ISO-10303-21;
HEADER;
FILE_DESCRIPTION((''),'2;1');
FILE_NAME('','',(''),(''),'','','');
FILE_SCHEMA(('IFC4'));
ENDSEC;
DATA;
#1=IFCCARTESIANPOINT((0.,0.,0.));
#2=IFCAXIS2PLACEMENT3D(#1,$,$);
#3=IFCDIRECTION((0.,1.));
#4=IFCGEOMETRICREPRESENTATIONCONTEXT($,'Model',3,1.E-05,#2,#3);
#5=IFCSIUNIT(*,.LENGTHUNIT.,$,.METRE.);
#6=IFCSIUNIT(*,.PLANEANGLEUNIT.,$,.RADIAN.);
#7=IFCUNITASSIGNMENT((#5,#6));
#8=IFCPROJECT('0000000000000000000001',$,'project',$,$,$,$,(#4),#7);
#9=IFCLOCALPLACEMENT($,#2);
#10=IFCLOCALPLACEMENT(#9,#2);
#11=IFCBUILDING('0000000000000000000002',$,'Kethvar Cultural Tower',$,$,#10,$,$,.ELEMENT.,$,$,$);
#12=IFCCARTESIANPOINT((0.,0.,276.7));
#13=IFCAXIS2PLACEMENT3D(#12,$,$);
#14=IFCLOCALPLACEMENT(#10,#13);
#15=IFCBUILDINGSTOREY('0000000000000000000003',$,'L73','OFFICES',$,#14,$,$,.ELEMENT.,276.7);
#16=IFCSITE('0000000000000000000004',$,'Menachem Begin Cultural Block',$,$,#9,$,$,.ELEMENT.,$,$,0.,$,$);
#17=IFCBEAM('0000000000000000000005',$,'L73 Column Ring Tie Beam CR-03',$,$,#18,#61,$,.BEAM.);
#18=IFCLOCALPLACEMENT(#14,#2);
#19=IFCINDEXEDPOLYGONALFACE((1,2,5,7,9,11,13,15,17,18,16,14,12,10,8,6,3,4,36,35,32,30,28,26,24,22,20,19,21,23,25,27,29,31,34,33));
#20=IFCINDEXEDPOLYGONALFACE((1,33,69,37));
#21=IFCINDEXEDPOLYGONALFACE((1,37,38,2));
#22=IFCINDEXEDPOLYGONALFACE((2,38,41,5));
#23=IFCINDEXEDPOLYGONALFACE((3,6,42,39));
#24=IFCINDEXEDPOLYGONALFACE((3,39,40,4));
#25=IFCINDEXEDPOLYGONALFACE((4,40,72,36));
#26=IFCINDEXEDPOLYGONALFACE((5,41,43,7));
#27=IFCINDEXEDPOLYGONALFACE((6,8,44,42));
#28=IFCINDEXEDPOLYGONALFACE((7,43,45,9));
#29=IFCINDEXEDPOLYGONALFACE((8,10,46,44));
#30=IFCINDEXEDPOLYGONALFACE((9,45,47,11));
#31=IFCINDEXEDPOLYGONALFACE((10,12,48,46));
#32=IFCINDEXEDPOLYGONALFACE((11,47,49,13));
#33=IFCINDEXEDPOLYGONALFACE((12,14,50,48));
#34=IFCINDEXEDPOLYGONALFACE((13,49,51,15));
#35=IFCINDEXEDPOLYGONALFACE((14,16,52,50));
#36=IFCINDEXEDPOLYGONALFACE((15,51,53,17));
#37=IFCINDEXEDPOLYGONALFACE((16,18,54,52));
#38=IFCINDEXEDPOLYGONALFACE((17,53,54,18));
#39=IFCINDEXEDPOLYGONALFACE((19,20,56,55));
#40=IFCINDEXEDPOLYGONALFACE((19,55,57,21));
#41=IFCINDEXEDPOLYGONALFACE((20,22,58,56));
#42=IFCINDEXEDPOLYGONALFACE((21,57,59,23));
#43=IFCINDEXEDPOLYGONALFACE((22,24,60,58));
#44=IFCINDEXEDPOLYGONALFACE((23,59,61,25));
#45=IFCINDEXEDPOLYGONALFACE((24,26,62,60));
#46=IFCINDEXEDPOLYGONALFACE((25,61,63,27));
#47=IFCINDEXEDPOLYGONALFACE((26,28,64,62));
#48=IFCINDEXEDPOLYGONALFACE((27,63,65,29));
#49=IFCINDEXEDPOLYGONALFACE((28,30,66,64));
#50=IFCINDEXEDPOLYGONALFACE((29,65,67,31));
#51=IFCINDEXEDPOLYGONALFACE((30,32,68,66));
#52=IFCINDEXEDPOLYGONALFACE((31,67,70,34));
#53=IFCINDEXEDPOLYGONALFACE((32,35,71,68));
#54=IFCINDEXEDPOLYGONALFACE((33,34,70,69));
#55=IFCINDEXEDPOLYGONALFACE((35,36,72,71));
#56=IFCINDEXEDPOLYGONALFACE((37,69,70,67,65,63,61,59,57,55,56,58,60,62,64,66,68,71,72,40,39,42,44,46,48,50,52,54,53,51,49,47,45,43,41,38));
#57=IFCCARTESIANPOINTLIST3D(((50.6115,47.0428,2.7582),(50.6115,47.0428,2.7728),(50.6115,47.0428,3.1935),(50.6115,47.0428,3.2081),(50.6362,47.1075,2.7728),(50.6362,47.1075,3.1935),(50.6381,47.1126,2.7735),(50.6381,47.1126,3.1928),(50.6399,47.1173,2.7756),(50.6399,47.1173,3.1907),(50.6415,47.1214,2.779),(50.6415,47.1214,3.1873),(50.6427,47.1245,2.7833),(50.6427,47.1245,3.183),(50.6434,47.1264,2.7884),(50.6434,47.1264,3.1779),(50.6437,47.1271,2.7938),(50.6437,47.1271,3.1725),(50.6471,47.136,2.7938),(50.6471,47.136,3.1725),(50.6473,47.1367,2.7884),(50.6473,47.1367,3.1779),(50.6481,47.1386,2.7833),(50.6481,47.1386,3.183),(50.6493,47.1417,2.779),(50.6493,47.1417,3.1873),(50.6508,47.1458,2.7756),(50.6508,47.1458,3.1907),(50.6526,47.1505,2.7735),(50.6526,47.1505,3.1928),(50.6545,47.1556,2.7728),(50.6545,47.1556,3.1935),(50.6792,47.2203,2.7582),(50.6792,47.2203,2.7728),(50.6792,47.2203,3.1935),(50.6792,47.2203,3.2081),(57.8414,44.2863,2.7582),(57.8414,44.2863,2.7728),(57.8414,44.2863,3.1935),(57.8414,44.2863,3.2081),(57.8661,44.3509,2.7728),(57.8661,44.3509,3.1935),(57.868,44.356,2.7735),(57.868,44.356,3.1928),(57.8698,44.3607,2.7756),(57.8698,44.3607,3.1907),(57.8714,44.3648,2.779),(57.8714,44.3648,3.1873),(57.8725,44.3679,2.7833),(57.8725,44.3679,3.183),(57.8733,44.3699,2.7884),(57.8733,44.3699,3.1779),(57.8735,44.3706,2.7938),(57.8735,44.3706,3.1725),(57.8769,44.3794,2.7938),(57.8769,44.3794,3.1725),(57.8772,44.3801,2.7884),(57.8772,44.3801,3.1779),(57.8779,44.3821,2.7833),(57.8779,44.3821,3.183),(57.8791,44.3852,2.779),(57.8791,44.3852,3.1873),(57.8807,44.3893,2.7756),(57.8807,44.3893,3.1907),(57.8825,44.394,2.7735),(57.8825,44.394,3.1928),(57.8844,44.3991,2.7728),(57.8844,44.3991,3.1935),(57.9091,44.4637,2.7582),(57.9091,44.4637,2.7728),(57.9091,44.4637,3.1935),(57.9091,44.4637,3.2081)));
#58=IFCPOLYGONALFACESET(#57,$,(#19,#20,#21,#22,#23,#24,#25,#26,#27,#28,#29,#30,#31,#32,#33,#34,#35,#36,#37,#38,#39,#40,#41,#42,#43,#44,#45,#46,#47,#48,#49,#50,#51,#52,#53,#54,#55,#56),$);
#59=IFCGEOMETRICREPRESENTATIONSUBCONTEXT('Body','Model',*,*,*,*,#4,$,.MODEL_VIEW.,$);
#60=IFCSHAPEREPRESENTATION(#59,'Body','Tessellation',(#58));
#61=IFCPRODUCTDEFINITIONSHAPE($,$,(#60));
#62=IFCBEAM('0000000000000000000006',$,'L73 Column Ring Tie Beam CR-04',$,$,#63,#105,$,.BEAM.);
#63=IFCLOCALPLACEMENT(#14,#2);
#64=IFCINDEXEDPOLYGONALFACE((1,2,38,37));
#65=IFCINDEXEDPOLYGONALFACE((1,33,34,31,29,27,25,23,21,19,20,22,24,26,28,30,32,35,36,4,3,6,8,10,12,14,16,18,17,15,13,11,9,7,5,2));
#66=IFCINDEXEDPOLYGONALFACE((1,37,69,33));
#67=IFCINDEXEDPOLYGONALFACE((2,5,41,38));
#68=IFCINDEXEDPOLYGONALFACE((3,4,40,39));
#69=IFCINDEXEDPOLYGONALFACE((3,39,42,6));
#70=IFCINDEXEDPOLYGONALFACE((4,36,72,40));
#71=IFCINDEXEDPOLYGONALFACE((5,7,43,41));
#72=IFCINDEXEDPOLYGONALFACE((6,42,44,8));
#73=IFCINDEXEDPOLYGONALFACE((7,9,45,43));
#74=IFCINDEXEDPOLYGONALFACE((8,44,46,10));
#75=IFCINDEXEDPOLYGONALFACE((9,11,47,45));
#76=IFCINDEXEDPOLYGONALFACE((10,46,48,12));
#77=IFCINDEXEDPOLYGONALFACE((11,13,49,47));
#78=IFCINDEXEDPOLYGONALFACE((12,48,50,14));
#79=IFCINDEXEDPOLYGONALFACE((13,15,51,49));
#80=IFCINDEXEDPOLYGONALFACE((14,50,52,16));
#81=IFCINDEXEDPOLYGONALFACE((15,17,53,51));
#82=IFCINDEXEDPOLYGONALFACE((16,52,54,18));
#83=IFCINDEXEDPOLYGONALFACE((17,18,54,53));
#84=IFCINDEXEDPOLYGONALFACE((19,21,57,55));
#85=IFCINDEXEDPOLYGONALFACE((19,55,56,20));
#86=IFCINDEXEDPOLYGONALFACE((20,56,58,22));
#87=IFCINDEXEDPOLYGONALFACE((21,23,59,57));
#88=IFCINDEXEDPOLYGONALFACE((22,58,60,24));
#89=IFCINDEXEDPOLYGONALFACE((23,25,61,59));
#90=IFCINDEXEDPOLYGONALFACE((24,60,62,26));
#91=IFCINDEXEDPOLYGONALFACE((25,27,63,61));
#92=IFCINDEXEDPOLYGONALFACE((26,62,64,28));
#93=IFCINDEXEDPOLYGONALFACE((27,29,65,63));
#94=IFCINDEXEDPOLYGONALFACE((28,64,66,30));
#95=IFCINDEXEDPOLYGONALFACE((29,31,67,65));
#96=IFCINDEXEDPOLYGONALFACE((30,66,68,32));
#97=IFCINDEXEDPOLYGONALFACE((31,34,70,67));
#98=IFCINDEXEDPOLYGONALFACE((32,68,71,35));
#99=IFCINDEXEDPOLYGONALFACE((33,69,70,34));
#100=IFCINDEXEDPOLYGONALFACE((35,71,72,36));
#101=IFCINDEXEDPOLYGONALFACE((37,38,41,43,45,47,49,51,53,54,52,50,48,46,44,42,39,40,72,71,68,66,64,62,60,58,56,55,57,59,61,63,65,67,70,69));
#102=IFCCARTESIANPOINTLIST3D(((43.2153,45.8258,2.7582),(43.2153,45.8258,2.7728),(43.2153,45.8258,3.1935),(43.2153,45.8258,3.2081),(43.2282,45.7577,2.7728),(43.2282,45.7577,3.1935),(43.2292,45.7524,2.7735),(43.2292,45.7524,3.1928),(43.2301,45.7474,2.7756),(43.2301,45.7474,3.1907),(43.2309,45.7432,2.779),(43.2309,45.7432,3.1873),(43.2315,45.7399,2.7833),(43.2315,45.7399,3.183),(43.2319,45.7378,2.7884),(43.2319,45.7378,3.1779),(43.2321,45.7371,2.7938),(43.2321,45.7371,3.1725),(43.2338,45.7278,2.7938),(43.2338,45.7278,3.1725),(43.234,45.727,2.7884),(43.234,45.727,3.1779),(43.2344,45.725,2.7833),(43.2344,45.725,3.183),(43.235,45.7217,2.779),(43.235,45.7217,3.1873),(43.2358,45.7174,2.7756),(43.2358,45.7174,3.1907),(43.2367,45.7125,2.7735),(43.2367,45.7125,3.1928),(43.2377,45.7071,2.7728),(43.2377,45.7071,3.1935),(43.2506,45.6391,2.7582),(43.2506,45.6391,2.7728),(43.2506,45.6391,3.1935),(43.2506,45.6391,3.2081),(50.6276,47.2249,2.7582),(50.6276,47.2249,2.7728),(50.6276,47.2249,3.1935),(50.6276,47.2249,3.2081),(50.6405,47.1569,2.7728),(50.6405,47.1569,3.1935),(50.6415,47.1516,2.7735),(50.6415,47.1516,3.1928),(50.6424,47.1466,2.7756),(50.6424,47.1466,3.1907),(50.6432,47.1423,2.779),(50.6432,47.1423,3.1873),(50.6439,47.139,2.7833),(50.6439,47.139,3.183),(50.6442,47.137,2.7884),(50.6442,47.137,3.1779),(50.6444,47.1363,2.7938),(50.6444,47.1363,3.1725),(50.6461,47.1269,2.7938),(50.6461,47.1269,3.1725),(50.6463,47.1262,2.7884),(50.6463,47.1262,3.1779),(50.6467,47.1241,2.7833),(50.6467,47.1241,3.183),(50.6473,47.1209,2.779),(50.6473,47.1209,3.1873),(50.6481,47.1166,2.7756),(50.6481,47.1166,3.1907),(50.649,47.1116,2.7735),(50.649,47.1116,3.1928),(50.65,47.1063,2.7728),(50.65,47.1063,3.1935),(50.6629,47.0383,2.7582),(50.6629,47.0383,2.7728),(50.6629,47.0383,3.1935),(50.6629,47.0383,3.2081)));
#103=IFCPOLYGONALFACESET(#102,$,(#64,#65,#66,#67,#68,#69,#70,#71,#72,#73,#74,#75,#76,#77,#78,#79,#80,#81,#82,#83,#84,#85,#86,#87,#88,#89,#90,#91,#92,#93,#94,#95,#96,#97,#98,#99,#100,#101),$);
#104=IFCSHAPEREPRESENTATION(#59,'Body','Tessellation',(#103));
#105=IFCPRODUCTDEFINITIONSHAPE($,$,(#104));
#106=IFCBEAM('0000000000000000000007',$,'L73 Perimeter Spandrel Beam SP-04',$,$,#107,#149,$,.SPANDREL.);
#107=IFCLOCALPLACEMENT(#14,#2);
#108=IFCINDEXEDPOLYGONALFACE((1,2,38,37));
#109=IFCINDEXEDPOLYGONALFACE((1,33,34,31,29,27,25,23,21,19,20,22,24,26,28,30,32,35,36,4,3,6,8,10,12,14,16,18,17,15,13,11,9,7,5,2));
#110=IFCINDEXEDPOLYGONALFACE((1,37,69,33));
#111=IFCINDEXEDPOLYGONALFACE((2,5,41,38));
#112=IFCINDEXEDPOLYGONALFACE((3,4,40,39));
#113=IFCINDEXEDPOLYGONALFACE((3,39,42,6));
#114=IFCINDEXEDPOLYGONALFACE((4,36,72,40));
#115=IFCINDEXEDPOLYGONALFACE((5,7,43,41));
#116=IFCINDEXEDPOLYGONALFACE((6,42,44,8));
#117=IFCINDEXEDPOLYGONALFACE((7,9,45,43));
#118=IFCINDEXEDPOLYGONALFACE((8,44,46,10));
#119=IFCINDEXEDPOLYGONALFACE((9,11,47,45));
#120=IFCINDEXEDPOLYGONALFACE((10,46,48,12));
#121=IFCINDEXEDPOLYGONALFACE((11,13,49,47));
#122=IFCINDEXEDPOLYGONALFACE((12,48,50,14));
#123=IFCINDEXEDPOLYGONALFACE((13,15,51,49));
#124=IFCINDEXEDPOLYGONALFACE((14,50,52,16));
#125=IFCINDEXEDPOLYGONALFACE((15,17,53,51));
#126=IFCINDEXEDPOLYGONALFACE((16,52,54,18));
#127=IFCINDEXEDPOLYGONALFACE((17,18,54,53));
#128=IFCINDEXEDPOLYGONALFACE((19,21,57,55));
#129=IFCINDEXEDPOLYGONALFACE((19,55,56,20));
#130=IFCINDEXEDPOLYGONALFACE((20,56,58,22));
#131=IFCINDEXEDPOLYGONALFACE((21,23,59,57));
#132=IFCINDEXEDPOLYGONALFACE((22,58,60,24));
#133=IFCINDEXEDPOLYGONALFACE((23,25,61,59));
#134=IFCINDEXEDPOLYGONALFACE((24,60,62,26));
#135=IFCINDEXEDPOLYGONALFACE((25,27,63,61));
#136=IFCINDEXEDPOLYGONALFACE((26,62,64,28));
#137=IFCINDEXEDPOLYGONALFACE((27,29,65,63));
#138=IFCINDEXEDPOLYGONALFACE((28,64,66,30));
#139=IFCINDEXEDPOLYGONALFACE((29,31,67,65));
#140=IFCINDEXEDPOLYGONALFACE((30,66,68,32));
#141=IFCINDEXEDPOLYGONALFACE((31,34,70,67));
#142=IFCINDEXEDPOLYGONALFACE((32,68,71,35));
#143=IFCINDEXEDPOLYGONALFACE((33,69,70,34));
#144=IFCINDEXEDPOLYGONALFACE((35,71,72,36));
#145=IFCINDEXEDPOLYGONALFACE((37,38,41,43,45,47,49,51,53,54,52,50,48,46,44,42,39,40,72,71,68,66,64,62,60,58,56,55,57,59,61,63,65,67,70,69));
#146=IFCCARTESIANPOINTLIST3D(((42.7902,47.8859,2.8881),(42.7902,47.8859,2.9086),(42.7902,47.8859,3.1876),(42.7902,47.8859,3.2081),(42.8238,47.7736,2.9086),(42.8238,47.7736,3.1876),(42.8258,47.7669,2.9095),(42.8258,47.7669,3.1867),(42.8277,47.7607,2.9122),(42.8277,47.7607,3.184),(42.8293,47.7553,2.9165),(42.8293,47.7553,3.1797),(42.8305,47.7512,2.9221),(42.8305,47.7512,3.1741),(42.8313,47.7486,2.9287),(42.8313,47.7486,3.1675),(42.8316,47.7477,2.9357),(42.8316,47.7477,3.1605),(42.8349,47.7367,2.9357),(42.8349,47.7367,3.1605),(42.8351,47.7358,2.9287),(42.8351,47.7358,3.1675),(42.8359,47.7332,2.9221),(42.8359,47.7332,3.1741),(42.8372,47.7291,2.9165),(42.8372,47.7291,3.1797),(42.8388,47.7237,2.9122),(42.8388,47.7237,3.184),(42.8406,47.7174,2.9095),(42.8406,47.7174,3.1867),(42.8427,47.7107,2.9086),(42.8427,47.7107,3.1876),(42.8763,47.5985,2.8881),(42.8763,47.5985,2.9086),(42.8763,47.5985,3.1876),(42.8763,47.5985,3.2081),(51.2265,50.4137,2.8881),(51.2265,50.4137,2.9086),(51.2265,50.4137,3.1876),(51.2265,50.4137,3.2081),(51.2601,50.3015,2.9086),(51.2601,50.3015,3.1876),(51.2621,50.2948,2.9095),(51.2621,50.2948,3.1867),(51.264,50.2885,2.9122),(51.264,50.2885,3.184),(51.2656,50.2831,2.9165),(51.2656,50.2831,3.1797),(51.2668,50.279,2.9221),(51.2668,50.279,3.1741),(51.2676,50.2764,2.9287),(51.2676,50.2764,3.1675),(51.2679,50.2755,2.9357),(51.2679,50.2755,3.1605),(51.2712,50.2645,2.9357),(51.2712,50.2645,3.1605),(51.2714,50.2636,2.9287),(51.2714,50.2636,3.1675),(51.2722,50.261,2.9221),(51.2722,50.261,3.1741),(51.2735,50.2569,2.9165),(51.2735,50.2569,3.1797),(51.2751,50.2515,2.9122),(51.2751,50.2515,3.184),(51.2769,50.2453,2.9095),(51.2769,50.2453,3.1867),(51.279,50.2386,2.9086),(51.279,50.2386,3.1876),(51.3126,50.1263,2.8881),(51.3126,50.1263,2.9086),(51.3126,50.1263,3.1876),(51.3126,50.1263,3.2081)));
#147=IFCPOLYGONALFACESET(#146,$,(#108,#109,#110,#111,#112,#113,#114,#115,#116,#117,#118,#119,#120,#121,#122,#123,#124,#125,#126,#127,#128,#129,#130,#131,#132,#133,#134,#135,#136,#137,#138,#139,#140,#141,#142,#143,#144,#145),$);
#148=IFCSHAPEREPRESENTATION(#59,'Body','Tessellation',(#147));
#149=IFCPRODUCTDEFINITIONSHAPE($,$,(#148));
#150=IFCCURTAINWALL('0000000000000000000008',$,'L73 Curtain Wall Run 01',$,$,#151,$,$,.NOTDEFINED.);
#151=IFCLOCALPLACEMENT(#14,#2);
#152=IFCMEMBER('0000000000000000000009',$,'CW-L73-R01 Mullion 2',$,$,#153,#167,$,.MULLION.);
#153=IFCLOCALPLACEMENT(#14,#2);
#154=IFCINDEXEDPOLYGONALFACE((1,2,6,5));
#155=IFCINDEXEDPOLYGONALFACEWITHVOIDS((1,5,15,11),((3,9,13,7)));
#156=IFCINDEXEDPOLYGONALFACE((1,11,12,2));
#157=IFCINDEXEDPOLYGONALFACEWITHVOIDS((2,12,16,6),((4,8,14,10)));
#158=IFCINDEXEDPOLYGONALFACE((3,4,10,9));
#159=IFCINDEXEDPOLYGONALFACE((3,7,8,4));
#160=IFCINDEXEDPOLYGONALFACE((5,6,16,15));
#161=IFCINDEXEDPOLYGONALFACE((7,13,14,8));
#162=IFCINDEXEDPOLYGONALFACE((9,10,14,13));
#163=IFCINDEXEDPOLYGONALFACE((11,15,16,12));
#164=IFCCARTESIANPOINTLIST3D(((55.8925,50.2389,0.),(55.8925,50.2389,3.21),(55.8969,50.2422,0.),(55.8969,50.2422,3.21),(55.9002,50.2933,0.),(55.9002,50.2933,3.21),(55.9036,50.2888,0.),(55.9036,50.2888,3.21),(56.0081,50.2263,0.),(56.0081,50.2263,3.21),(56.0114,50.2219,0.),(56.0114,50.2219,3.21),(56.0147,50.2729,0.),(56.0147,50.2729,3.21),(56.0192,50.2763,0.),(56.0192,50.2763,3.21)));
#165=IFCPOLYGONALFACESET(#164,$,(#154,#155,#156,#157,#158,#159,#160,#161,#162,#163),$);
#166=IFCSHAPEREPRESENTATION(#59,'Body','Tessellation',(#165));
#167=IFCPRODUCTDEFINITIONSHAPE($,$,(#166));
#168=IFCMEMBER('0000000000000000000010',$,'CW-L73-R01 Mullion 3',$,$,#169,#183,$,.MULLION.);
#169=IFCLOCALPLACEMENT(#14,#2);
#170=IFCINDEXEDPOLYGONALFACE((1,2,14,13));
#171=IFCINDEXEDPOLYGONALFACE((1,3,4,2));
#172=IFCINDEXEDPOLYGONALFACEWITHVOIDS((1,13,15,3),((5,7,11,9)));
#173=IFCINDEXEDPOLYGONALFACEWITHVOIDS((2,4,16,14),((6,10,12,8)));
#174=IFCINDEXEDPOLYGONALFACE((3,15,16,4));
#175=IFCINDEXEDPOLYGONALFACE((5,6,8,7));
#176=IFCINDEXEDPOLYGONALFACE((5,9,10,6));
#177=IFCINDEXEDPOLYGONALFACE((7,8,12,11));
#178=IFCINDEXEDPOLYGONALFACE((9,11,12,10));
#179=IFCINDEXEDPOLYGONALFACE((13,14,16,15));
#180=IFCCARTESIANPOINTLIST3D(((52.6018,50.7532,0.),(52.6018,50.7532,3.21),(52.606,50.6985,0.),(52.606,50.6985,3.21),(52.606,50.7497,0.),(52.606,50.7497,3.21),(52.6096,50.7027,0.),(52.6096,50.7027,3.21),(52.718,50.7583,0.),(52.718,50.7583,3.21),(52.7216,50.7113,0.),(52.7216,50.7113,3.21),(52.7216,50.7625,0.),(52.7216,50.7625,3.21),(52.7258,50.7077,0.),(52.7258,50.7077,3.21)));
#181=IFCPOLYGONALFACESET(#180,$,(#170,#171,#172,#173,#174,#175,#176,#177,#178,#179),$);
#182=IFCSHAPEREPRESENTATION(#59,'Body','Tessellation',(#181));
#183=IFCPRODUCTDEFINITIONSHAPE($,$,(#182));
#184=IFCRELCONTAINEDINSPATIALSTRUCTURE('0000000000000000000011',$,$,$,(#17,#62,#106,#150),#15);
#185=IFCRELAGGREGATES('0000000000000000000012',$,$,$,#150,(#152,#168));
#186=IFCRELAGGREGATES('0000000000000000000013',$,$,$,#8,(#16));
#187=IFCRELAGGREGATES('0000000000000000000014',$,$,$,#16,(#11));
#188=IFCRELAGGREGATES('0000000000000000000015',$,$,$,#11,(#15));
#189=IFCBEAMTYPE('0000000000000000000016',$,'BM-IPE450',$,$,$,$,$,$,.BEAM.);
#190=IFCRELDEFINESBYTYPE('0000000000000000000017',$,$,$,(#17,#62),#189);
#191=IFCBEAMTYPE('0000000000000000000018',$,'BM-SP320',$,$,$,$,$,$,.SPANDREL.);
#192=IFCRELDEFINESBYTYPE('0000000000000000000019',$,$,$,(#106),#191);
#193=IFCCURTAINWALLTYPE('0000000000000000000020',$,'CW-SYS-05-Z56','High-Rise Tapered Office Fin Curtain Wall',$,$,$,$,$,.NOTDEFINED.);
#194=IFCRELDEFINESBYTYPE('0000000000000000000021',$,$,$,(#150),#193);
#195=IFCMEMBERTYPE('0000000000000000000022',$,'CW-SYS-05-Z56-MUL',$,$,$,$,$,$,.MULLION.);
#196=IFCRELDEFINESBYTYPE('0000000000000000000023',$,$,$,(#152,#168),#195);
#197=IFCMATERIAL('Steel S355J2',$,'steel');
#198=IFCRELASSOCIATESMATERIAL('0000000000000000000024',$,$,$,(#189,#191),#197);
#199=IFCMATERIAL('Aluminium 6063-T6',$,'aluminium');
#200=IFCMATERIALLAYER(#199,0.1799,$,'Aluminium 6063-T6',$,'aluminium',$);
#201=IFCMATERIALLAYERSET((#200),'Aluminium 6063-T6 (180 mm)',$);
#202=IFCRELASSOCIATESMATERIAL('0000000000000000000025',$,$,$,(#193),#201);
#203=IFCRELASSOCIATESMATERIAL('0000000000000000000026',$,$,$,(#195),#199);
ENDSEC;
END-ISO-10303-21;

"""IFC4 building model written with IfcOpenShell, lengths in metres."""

from ifc_helpers import new_model, si_unit, direction, frame, origin, origin_2d, place, context, subcontext, project, spatial, hollow_rectangle, i_section, extrude, source, transform, mapped, material, layer, layer_set, material_profile, profile_set, type_object, element, aggregate, save


model = new_model("IFC4")

# Units and contexts
model_context = context("Model", 3, precision=1e-05, world=origin(), true_north=direction((0.0, 1.0)))
body_context = subcontext(model_context, "Body", "Model", "MODEL_VIEW")
ifc_project = project(units=[si_unit("LENGTHUNIT", "METRE"), si_unit("PLANEANGLEUNIT", "RADIAN")], contexts=[model_context])

# Site, building, storey
site_placement = place(None, origin())
site = spatial("IfcSite", under=ifc_project, at=site_placement, Name="Menachem Begin Cultural Block", CompositionType="ELEMENT", RefElevation=0.0)
building_placement = place(site_placement, origin())
building = spatial("IfcBuilding", under=site, at=building_placement, Name="Kethvar Cultural Tower", CompositionType="ELEMENT")
storey_placement = place(building_placement, frame((0.0, 0.0, 276.7)))
storey = spatial("IfcBuildingStorey", under=building, at=storey_placement, Name="L73", Description="OFFICES", CompositionType="ELEMENT", Elevation=276.7)

# Shared definitions
ifc_material_1 = material(Name="Steel S355J2", Category="steel")

# Beams
ifc_material_profile_1 = material_profile(ifc_material_1, i_section(OverallWidth=0.1899, OverallDepth=0.45, WebThickness=0.0095, FlangeThickness=0.0146, FilletRadius=0.021, at=origin_2d()), Name="Steel S355J2 — IPE450")
ifc_profile_set_1 = profile_set([ifc_material_profile_1], Name="Steel S355J2 — IPE450")
beam_type_1 = type_object("IfcBeamType", Name="BM-IPE450", PredefinedType="BEAM", material=ifc_profile_set_1)
shared_shape_1 = source(origin(), body_context, "Body", "SweptSolid", [
    extrude(i_section(OverallWidth=0.1899, OverallDepth=0.45, WebThickness=0.0095, FlangeThickness=0.0146, FilletRadius=0.021, at=origin_2d()), origin(), (0.0, 0.0, 1.0), 7.7375),
])
beam_1_placement = place(storey_placement, frame((57.8752, 44.375, 2.9832), z_axis=(-0.934388, 0.356256, 0.0), x_axis=(-0.356256, -0.934388, 0.0)))
element("IfcBeam", 1, at=beam_1_placement, inside=storey, type_object=beam_type_1, Name="L73 Column Ring Tie Beam CR-03", PredefinedType="BEAM", context=body_context, shape_type="MappedRepresentation", body=[
    mapped(shared_shape_1, transform((0.0, 0.0, 0.0), scale=1.0)),
])
shared_shape_2 = source(origin(), body_context, "Body", "SweptSolid", [
    extrude(i_section(OverallWidth=0.1899, OverallDepth=0.45, WebThickness=0.0095, FlangeThickness=0.0146, FilletRadius=0.021, at=origin_2d()), origin(), (0.0, 0.0, 1.0), 7.5432),
])
beam_2_placement = place(storey_placement, frame((50.6453, 47.1316, 2.9832), z_axis=(-0.982647, -0.185486, 0.0), x_axis=(0.185486, -0.982647, 0.0)))
element("IfcBeam", 2, at=beam_2_placement, inside=storey, type_object=beam_type_1, Name="L73 Column Ring Tie Beam CR-04", PredefinedType="BEAM", context=body_context, shape_type="MappedRepresentation", body=[
    mapped(shared_shape_2, transform((0.0, 0.0, 0.0), scale=1.0)),
])
ifc_material_profile_2 = material_profile(ifc_material_1, i_section(OverallWidth=0.3, OverallDepth=0.3201, WebThickness=0.0115, FlangeThickness=0.0205, FilletRadius=0.0271, at=origin_2d()), Name="Steel S355J2 — HEB320")
ifc_profile_set_2 = profile_set([ifc_material_profile_2], Name="Steel S355J2 — HEB320")
beam_type_2 = type_object("IfcBeamType", Name="BM-SP320", PredefinedType="SPANDREL", material=ifc_profile_set_2)
shared_shape_3 = source(origin(), body_context, "Body", "SweptSolid", [
    extrude(i_section(OverallWidth=0.3, OverallDepth=0.3201, WebThickness=0.0115, FlangeThickness=0.0205, FilletRadius=0.0271, at=origin_2d()), origin(), (0.0, 0.0, 1.0), 8.8069),
])
beam_3_placement = place(storey_placement, frame((51.2695, 50.27, 3.0481), z_axis=(-0.957922, -0.28703, 0.0), x_axis=(0.28703, -0.957922, 0.0)))
element("IfcBeam", 3, at=beam_3_placement, inside=storey, type_object=beam_type_2, Name="L73 Perimeter Spandrel Beam SP-04", PredefinedType="SPANDREL", context=body_context, shape_type="MappedRepresentation", body=[
    mapped(shared_shape_3, transform((0.0, 0.0, 0.0), scale=1.0)),
])

# Curtain wall, members
ifc_material_2 = material(Name="Aluminium 6063-T6", Category="aluminium")
ifc_layer_1 = layer(ifc_material_2, 0.1799, Name="Aluminium 6063-T6", Category="aluminium")
ifc_layer_set_1 = layer_set([ifc_layer_1], Name="Aluminium 6063-T6 (180 mm)")
curtain_wall_type = type_object("IfcCurtainWallType", Name="CW-SYS-05-Z56", Description="High-Rise Tapered Office Fin Curtain Wall", PredefinedType="NOTDEFINED", material=ifc_layer_set_1)
curtain_wall_placement = place(storey_placement, origin())
curtain_wall = element("IfcCurtainWall", 4, at=curtain_wall_placement, inside=storey, type_object=curtain_wall_type, Name="L73 Curtain Wall Run 01", PredefinedType="NOTDEFINED")
ifc_material_profile_3 = material_profile(ifc_material_2, hollow_rectangle(XDim=0.0549, YDim=0.1201, WallThickness=0.0039, at=origin_2d()), Name="Aluminium 6063-T6 — RHS120x55x4")
ifc_profile_set_3 = profile_set([ifc_material_profile_3], Name="Aluminium 6063-T6 — RHS120x55x4")
member_type_1 = type_object("IfcMemberType", Name="CW-SYS-05-Z56-MUL", PredefinedType="MULLION", material=ifc_profile_set_3)
shared_shape_4 = source(origin(), body_context, "Body", "SweptSolid", [
    extrude(hollow_rectangle(XDim=0.0549, YDim=0.1201, WallThickness=0.0039, at=origin_2d()), origin(), (0.0, 0.0, 1.0), 3.21),
])
member_1_placement = place(storey_placement, frame((55.9558, 50.2576, 0.0), z_axis=(0.0, 0.0, 1.0), x_axis=(-0.141471, -0.989942, 0.0)))
member_1 = element("IfcMember", 5, at=member_1_placement, type_object=member_type_1, Name="CW-L73-R01 Mullion 2", PredefinedType="MULLION", context=body_context, shape_type="MappedRepresentation", body=[
    mapped(shared_shape_4, transform((0.0, 0.0, 0.0), scale=1.0)),
])
member_2_placement = place(storey_placement, frame((52.6638, 50.7305, 0.0), z_axis=(0.0, 0.0, 1.0), x_axis=(0.076719, -0.997053, 0.0)))
member_2 = element("IfcMember", 6, at=member_2_placement, type_object=member_type_1, Name="CW-L73-R01 Mullion 3", PredefinedType="MULLION", context=body_context, shape_type="MappedRepresentation", body=[
    mapped(shared_shape_4, transform((0.0, 0.0, 0.0), scale=1.0)),
])
aggregate(curtain_wall, [member_1, member_2])

save(model, "model.ifc")
